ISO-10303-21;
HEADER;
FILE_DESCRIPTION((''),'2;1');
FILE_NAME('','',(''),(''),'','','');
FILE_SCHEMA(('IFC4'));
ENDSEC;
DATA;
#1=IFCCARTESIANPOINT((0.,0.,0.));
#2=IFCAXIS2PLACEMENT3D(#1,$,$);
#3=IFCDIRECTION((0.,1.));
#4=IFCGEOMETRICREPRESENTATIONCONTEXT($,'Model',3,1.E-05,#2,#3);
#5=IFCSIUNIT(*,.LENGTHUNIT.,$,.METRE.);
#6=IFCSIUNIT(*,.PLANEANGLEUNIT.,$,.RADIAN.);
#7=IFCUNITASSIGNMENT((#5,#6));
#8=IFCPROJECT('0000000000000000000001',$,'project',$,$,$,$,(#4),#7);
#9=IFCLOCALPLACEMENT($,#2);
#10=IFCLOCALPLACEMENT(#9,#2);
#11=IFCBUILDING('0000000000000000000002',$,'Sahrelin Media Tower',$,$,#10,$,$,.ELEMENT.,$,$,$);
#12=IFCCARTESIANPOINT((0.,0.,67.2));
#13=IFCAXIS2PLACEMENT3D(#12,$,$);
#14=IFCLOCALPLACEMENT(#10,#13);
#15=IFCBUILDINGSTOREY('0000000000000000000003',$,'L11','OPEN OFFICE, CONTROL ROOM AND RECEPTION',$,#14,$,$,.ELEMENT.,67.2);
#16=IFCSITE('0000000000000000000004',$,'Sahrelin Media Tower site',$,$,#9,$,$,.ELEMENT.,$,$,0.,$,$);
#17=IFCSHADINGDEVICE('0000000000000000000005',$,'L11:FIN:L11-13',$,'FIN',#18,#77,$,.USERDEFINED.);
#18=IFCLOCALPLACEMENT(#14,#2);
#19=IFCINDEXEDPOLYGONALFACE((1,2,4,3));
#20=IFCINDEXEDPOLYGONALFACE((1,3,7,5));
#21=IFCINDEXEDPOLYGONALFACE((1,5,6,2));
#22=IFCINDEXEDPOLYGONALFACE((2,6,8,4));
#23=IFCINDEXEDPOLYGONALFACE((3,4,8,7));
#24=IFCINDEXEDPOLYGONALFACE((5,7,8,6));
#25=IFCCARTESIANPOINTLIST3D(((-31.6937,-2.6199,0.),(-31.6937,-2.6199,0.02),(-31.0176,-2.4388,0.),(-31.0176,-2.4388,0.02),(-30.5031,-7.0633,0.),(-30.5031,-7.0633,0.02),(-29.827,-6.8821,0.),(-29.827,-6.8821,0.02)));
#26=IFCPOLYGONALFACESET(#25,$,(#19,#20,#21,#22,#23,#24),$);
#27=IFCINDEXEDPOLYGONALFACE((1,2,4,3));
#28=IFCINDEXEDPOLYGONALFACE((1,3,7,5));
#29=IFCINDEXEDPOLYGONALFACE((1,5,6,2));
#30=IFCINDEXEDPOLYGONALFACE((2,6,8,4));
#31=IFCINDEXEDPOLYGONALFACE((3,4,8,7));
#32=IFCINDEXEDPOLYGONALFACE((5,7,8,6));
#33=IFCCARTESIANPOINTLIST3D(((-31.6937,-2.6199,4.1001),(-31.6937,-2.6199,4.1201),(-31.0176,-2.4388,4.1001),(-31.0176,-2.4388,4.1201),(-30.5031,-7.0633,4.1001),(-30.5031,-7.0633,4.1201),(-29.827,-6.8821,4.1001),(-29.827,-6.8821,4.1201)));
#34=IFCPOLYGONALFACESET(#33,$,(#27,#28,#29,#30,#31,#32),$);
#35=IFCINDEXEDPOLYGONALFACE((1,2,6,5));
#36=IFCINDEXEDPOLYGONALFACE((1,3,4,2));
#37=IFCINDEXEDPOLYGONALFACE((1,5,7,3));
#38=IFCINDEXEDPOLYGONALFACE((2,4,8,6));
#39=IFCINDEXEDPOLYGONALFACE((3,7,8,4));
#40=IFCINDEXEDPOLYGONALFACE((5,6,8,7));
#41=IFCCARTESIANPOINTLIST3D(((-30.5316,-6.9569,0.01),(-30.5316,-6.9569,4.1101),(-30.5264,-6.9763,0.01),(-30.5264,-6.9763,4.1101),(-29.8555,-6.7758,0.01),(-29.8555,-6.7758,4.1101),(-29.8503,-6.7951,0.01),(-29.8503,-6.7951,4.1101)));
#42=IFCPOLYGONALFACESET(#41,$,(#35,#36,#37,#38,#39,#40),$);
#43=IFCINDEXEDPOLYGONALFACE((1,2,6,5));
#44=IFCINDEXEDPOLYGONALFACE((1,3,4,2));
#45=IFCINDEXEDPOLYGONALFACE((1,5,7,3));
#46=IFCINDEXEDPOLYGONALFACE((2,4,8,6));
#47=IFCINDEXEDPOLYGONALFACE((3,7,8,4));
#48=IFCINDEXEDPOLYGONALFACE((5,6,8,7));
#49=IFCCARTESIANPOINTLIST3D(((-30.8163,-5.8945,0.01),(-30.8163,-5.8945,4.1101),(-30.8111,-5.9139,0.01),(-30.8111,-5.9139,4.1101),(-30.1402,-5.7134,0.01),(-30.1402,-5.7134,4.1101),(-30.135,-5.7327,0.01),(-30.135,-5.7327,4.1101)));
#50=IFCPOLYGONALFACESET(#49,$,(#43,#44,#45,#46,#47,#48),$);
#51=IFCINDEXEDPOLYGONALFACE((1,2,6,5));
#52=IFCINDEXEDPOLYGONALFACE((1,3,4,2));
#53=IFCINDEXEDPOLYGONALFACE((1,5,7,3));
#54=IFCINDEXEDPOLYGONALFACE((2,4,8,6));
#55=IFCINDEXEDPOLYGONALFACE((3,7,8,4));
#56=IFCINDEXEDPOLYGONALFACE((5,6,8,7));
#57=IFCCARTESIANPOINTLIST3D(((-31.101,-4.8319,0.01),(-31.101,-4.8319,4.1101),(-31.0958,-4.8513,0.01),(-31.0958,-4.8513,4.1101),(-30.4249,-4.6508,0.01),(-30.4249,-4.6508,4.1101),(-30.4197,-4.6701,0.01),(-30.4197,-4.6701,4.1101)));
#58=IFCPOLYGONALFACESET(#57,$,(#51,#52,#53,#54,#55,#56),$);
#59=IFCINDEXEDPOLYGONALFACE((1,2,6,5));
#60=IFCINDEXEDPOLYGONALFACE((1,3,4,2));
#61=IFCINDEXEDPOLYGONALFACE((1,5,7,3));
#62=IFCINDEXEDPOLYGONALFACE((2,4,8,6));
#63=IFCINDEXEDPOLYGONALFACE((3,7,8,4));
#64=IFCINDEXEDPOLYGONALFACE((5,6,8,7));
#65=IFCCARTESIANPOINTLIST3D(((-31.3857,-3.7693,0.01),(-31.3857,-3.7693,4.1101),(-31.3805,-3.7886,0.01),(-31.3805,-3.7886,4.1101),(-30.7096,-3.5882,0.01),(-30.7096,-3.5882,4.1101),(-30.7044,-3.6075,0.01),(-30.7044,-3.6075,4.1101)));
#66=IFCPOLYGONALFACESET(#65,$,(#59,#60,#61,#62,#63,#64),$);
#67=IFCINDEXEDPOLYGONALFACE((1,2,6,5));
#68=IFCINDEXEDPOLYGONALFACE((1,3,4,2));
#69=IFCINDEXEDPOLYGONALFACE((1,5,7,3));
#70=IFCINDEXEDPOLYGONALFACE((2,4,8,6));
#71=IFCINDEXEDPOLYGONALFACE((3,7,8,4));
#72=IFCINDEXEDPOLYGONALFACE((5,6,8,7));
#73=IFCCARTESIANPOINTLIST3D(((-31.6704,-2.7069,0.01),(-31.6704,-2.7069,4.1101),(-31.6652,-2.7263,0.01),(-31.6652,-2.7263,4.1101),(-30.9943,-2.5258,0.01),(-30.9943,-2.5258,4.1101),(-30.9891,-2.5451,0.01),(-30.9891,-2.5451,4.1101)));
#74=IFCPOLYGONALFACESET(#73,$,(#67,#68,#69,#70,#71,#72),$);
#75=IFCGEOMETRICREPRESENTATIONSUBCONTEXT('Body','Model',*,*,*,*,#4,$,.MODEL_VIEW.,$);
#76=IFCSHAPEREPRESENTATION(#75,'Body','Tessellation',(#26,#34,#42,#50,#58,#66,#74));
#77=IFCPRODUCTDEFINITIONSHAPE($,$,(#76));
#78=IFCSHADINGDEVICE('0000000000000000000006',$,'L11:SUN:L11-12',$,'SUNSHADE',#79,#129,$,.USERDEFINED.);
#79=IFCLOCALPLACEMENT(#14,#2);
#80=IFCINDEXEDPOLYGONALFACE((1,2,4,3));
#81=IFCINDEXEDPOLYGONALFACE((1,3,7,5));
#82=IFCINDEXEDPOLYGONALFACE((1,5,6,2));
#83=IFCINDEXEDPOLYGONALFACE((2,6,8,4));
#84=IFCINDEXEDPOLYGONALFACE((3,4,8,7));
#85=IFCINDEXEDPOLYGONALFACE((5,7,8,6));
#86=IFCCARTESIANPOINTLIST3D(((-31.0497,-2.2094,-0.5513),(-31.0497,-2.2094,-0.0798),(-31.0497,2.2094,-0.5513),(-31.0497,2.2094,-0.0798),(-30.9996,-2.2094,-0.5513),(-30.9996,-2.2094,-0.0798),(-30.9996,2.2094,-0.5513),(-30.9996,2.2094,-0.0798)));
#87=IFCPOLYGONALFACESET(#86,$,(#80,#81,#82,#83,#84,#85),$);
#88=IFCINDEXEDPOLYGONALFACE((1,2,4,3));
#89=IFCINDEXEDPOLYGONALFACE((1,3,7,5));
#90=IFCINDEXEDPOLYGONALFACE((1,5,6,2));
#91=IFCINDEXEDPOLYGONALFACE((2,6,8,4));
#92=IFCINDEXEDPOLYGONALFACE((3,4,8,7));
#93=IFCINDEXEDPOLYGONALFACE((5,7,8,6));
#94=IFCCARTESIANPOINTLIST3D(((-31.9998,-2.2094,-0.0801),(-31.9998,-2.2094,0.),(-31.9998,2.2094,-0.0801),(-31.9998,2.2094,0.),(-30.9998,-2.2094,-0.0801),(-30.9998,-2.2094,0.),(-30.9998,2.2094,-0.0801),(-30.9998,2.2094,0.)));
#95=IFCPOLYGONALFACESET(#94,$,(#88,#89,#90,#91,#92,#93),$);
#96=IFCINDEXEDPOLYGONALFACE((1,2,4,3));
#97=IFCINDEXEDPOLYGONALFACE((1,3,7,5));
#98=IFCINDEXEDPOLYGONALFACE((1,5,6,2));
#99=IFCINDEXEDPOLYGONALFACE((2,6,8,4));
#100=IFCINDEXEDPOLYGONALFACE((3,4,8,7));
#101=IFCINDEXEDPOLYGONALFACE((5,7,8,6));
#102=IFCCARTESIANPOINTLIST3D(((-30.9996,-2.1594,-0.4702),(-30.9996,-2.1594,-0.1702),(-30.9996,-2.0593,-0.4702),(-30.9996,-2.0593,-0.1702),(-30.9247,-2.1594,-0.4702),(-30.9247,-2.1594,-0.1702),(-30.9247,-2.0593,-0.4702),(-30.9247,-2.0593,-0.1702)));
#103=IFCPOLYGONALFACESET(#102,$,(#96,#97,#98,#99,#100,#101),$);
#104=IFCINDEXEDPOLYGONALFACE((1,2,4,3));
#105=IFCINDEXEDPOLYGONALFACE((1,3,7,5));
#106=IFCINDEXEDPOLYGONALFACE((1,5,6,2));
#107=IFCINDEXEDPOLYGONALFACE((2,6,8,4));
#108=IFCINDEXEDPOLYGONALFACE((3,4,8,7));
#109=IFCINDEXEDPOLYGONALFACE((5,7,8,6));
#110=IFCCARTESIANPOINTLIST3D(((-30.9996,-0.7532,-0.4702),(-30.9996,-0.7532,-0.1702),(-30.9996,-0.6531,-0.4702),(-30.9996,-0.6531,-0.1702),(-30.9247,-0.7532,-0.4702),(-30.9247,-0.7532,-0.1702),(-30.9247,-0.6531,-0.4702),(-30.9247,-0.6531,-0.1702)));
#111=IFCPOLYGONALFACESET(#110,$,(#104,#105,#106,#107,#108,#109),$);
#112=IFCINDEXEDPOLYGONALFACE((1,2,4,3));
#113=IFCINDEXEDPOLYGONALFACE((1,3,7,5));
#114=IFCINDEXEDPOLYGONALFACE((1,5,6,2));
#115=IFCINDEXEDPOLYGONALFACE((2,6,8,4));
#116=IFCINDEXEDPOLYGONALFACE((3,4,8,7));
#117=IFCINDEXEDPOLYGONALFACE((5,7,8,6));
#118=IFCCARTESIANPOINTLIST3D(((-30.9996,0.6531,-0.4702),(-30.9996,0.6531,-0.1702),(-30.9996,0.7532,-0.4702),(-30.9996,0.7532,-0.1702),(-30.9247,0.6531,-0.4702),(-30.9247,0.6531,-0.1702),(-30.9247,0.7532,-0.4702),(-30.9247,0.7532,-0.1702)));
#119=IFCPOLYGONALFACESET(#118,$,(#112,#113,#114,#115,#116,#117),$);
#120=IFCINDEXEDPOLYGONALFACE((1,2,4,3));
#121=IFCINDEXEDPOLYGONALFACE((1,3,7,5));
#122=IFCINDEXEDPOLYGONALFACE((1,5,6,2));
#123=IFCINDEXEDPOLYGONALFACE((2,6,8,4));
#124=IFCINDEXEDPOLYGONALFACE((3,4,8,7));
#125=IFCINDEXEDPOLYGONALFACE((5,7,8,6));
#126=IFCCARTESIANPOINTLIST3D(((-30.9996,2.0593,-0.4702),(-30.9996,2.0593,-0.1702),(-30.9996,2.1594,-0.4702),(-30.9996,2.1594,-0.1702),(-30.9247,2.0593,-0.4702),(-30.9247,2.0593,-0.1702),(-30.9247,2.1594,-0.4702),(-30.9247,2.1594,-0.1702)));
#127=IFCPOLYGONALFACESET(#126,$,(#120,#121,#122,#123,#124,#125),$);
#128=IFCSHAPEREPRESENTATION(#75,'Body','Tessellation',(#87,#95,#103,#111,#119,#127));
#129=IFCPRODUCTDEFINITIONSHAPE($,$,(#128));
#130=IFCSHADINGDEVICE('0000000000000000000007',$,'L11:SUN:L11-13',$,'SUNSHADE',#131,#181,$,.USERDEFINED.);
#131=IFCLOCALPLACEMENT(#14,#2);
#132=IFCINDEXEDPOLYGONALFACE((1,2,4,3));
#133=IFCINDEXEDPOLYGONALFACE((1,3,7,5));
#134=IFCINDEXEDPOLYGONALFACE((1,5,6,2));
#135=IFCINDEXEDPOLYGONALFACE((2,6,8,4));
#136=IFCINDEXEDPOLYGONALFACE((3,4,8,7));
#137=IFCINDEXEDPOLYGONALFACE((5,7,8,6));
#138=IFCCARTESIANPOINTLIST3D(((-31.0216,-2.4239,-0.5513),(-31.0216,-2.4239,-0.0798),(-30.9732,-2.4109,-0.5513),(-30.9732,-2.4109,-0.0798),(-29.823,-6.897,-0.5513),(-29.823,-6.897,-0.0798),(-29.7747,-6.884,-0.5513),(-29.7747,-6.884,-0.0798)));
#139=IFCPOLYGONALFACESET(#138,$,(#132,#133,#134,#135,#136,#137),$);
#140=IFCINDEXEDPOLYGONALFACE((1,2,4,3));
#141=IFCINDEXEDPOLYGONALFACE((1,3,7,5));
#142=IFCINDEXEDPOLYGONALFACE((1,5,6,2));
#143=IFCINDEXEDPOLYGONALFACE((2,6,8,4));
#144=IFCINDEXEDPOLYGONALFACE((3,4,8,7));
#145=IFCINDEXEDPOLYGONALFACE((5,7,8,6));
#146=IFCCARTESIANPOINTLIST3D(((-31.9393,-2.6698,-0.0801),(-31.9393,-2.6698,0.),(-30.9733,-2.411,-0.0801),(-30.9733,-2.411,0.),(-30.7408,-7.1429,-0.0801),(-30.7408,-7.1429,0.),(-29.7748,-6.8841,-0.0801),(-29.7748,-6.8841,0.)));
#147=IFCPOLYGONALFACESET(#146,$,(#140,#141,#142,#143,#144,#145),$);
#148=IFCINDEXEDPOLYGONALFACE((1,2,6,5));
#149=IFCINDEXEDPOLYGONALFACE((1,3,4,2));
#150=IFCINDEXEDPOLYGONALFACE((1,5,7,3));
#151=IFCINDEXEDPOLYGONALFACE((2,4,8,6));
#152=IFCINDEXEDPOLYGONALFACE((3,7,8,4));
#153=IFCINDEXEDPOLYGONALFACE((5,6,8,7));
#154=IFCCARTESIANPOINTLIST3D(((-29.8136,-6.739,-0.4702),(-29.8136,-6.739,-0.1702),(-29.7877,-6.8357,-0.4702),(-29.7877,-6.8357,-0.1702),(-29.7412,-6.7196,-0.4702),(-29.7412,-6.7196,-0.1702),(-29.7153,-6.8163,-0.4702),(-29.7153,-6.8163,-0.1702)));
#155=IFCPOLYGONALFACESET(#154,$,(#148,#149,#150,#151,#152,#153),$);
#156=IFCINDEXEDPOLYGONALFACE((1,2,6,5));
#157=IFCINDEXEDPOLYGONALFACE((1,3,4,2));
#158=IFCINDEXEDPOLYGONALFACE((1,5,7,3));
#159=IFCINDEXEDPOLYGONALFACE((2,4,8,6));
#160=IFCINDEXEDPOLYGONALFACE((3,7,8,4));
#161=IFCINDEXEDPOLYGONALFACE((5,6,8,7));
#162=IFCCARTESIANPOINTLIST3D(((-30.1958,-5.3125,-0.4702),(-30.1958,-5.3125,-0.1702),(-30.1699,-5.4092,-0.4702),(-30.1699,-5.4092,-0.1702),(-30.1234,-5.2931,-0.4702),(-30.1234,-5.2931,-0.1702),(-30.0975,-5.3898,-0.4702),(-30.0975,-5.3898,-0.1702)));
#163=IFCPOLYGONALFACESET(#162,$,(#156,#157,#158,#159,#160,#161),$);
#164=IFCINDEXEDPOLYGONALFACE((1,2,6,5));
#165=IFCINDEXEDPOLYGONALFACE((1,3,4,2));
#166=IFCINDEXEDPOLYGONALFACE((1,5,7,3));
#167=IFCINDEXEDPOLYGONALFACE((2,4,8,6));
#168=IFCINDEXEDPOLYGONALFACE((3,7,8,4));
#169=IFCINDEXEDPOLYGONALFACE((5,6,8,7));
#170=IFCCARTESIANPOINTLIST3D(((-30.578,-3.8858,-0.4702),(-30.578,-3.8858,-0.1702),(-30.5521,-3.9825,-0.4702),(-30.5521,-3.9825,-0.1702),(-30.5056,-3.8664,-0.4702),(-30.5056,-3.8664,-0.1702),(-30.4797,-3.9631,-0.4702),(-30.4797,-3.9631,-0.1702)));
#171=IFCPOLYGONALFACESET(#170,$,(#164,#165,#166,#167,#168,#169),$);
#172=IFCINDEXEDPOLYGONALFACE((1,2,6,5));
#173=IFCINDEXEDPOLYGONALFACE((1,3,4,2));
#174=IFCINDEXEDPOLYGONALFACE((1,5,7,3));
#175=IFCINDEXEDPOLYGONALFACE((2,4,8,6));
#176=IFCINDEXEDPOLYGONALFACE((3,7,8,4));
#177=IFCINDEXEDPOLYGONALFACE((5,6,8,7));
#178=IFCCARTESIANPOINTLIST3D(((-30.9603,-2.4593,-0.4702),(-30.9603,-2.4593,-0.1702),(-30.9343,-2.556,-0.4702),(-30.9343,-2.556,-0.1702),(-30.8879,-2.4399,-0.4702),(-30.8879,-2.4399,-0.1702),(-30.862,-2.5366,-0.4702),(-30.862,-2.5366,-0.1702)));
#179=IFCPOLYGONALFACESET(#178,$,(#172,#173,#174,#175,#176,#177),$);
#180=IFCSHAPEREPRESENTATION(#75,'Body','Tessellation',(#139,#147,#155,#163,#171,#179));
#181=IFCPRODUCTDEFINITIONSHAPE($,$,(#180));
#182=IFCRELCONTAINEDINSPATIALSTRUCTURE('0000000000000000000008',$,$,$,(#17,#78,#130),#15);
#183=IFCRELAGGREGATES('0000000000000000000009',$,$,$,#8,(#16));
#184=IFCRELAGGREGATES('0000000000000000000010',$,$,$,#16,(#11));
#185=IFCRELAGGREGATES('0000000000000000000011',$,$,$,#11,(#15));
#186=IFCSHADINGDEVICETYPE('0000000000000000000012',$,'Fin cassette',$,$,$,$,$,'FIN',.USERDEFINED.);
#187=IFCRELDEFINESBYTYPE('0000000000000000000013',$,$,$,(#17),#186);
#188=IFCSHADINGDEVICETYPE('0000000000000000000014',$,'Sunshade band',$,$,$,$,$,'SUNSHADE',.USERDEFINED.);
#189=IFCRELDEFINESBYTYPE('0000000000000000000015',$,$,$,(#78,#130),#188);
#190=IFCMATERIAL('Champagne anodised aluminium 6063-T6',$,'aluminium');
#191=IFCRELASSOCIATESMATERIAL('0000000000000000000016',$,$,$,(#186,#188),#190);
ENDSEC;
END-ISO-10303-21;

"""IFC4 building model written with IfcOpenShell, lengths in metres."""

from ifc_helpers import new_model, si_unit, direction, frame, origin, origin_2d, place, context, subcontext, project, spatial, rectangle, extrude, material, type_object, element, save


model = new_model("IFC4")

# Units and contexts
model_context = context("Model", 3, precision=1e-05, world=origin(), true_north=direction((0.0, 1.0)))
body_context = subcontext(model_context, "Body", "Model", "MODEL_VIEW")
ifc_project = project(units=[si_unit("LENGTHUNIT", "METRE"), si_unit("PLANEANGLEUNIT", "RADIAN")], contexts=[model_context])

# Site, building, storey
site_placement = place(None, origin())
site = spatial("IfcSite", under=ifc_project, at=site_placement, Name="Sahrelin Media Tower site", CompositionType="ELEMENT", RefElevation=0.0)
building_placement = place(site_placement, origin())
building = spatial("IfcBuilding", under=site, at=building_placement, Name="Sahrelin Media Tower", CompositionType="ELEMENT")
storey_placement = place(building_placement, frame((0.0, 0.0, 67.2)))
storey = spatial("IfcBuildingStorey", under=building, at=storey_placement, Name="L11", Description="OPEN OFFICE, CONTROL ROOM AND RECEPTION", CompositionType="ELEMENT", Elevation=67.2)

# Shared definitions
ifc_material_1 = material(Name="Champagne anodised aluminium 6063-T6", Category="aluminium")

# Shading devices
shading_device_type_1 = type_object("IfcShadingDeviceType", Name="Fin cassette", ElementType="FIN", PredefinedType="USERDEFINED", material=ifc_material_1)
placement_1 = place(storey_placement, frame((-30.9797, 0.0, 0.0), z_axis=(0.0, 0.0, 1.0), x_axis=(0.0, 1.0, 0.0)))
placement_2 = place(storey_placement, frame((-30.3547, -4.6423, 0.0), z_axis=(0.0, 0.0, 1.0), x_axis=(-0.258808, 0.965929, 0.0)))
element("IfcShadingDevice", 1, at=placement_2, inside=storey, type_object=shading_device_type_1, Name="L11:FIN:L11-13", ObjectType="FIN", PredefinedType="USERDEFINED", context=body_context, shape_type="SweptSolid", body=[
    extrude(rectangle(XDim=4.6001, YDim=0.7, at=origin_2d()), frame((0.0, 0.4199, 0.0)), (0.0, 0.0, 1.0), 0.02),
    extrude(rectangle(XDim=4.6001, YDim=0.7, at=origin_2d()), frame((0.0, 0.4199, 4.1001)), (0.0, 0.0, 1.0), 0.02),
    extrude(rectangle(XDim=0.02, YDim=0.7, at=origin_2d()), frame((-2.2, 0.4199, 0.01), z_axis=(0.0, 0.0, 1.0), x_axis=(1.0, 0.0, 0.0)), (0.0, 0.0, 1.0), 4.1001),
    extrude(rectangle(XDim=0.02, YDim=0.7, at=origin_2d()), frame((-1.1001, 0.4199, 0.01), z_axis=(0.0, 0.0, 1.0), x_axis=(1.0, 0.0, 0.0)), (0.0, 0.0, 1.0), 4.1001),
    extrude(rectangle(XDim=0.02, YDim=0.7, at=origin_2d()), frame((0.0, 0.4199, 0.01), z_axis=(0.0, 0.0, 1.0), x_axis=(1.0, 0.0, 0.0)), (0.0, 0.0, 1.0), 4.1001),
    extrude(rectangle(XDim=0.02, YDim=0.7, at=origin_2d()), frame((1.1001, 0.4199, 0.01), z_axis=(0.0, 0.0, 1.0), x_axis=(1.0, 0.0, 0.0)), (0.0, 0.0, 1.0), 4.1001),
    extrude(rectangle(XDim=0.02, YDim=0.7, at=origin_2d()), frame((2.2, 0.4199, 0.01), z_axis=(0.0, 0.0, 1.0), x_axis=(1.0, 0.0, 0.0)), (0.0, 0.0, 1.0), 4.1001),
])
shading_device_type_2 = type_object("IfcShadingDeviceType", Name="Sunshade band", ElementType="SUNSHADE", PredefinedType="USERDEFINED", material=ifc_material_1)
element("IfcShadingDevice", 2, at=placement_1, inside=storey, type_object=shading_device_type_2, Name="L11:SUN:L11-12", ObjectType="SUNSHADE", PredefinedType="USERDEFINED", context=body_context, shape_type="SweptSolid", body=[
    extrude(rectangle(XDim=4.4187, YDim=0.05, at=origin_2d()), frame((0.0, 0.0449, -0.5513)), (0.0, 0.0, 1.0), 0.4714),
    extrude(rectangle(XDim=4.4187, YDim=1.0, at=origin_2d()), frame((0.0, 0.52, -0.0801)), (0.0, 0.0, 1.0), 0.0801),
    extrude(rectangle(XDim=0.1001, YDim=0.075, at=origin_2d()), frame((-2.1094, -0.0176, -0.4702)), (0.0, 0.0, 1.0), 0.3),
    extrude(rectangle(XDim=0.1001, YDim=0.075, at=origin_2d()), frame((-0.7031, -0.0176, -0.4702)), (0.0, 0.0, 1.0), 0.3),
    extrude(rectangle(XDim=0.1001, YDim=0.075, at=origin_2d()), frame((0.7031, -0.0176, -0.4702)), (0.0, 0.0, 1.0), 0.3),
    extrude(rectangle(XDim=0.1001, YDim=0.075, at=origin_2d()), frame((2.1094, -0.0176, -0.4702)), (0.0, 0.0, 1.0), 0.3),
])
element("IfcShadingDevice", 3, at=placement_2, inside=storey, type_object=shading_device_type_2, Name="L11:SUN:L11-13", ObjectType="SUNSHADE", PredefinedType="USERDEFINED", context=body_context, shape_type="SweptSolid", body=[
    extrude(rectangle(XDim=4.6309, YDim=0.05, at=origin_2d()), frame((0.0, 0.0449, -0.5513)), (0.0, 0.0, 1.0), 0.4714),
    extrude(rectangle(XDim=4.6309, YDim=1.0, at=origin_2d()), frame((0.0, 0.52, -0.0801)), (0.0, 0.0, 1.0), 0.0801),
    extrude(rectangle(XDim=0.1001, YDim=0.075, at=origin_2d()), frame((-2.2153, -0.0176, -0.4702)), (0.0, 0.0, 1.0), 0.3),
    extrude(rectangle(XDim=0.1001, YDim=0.075, at=origin_2d()), frame((-0.7385, -0.0176, -0.4702)), (0.0, 0.0, 1.0), 0.3),
    extrude(rectangle(XDim=0.1001, YDim=0.075, at=origin_2d()), frame((0.7385, -0.0176, -0.4702)), (0.0, 0.0, 1.0), 0.3),
    extrude(rectangle(XDim=0.1001, YDim=0.075, at=origin_2d()), frame((2.2153, -0.0176, -0.4702)), (0.0, 0.0, 1.0), 0.3),
])

save(model, "model.ifc")
